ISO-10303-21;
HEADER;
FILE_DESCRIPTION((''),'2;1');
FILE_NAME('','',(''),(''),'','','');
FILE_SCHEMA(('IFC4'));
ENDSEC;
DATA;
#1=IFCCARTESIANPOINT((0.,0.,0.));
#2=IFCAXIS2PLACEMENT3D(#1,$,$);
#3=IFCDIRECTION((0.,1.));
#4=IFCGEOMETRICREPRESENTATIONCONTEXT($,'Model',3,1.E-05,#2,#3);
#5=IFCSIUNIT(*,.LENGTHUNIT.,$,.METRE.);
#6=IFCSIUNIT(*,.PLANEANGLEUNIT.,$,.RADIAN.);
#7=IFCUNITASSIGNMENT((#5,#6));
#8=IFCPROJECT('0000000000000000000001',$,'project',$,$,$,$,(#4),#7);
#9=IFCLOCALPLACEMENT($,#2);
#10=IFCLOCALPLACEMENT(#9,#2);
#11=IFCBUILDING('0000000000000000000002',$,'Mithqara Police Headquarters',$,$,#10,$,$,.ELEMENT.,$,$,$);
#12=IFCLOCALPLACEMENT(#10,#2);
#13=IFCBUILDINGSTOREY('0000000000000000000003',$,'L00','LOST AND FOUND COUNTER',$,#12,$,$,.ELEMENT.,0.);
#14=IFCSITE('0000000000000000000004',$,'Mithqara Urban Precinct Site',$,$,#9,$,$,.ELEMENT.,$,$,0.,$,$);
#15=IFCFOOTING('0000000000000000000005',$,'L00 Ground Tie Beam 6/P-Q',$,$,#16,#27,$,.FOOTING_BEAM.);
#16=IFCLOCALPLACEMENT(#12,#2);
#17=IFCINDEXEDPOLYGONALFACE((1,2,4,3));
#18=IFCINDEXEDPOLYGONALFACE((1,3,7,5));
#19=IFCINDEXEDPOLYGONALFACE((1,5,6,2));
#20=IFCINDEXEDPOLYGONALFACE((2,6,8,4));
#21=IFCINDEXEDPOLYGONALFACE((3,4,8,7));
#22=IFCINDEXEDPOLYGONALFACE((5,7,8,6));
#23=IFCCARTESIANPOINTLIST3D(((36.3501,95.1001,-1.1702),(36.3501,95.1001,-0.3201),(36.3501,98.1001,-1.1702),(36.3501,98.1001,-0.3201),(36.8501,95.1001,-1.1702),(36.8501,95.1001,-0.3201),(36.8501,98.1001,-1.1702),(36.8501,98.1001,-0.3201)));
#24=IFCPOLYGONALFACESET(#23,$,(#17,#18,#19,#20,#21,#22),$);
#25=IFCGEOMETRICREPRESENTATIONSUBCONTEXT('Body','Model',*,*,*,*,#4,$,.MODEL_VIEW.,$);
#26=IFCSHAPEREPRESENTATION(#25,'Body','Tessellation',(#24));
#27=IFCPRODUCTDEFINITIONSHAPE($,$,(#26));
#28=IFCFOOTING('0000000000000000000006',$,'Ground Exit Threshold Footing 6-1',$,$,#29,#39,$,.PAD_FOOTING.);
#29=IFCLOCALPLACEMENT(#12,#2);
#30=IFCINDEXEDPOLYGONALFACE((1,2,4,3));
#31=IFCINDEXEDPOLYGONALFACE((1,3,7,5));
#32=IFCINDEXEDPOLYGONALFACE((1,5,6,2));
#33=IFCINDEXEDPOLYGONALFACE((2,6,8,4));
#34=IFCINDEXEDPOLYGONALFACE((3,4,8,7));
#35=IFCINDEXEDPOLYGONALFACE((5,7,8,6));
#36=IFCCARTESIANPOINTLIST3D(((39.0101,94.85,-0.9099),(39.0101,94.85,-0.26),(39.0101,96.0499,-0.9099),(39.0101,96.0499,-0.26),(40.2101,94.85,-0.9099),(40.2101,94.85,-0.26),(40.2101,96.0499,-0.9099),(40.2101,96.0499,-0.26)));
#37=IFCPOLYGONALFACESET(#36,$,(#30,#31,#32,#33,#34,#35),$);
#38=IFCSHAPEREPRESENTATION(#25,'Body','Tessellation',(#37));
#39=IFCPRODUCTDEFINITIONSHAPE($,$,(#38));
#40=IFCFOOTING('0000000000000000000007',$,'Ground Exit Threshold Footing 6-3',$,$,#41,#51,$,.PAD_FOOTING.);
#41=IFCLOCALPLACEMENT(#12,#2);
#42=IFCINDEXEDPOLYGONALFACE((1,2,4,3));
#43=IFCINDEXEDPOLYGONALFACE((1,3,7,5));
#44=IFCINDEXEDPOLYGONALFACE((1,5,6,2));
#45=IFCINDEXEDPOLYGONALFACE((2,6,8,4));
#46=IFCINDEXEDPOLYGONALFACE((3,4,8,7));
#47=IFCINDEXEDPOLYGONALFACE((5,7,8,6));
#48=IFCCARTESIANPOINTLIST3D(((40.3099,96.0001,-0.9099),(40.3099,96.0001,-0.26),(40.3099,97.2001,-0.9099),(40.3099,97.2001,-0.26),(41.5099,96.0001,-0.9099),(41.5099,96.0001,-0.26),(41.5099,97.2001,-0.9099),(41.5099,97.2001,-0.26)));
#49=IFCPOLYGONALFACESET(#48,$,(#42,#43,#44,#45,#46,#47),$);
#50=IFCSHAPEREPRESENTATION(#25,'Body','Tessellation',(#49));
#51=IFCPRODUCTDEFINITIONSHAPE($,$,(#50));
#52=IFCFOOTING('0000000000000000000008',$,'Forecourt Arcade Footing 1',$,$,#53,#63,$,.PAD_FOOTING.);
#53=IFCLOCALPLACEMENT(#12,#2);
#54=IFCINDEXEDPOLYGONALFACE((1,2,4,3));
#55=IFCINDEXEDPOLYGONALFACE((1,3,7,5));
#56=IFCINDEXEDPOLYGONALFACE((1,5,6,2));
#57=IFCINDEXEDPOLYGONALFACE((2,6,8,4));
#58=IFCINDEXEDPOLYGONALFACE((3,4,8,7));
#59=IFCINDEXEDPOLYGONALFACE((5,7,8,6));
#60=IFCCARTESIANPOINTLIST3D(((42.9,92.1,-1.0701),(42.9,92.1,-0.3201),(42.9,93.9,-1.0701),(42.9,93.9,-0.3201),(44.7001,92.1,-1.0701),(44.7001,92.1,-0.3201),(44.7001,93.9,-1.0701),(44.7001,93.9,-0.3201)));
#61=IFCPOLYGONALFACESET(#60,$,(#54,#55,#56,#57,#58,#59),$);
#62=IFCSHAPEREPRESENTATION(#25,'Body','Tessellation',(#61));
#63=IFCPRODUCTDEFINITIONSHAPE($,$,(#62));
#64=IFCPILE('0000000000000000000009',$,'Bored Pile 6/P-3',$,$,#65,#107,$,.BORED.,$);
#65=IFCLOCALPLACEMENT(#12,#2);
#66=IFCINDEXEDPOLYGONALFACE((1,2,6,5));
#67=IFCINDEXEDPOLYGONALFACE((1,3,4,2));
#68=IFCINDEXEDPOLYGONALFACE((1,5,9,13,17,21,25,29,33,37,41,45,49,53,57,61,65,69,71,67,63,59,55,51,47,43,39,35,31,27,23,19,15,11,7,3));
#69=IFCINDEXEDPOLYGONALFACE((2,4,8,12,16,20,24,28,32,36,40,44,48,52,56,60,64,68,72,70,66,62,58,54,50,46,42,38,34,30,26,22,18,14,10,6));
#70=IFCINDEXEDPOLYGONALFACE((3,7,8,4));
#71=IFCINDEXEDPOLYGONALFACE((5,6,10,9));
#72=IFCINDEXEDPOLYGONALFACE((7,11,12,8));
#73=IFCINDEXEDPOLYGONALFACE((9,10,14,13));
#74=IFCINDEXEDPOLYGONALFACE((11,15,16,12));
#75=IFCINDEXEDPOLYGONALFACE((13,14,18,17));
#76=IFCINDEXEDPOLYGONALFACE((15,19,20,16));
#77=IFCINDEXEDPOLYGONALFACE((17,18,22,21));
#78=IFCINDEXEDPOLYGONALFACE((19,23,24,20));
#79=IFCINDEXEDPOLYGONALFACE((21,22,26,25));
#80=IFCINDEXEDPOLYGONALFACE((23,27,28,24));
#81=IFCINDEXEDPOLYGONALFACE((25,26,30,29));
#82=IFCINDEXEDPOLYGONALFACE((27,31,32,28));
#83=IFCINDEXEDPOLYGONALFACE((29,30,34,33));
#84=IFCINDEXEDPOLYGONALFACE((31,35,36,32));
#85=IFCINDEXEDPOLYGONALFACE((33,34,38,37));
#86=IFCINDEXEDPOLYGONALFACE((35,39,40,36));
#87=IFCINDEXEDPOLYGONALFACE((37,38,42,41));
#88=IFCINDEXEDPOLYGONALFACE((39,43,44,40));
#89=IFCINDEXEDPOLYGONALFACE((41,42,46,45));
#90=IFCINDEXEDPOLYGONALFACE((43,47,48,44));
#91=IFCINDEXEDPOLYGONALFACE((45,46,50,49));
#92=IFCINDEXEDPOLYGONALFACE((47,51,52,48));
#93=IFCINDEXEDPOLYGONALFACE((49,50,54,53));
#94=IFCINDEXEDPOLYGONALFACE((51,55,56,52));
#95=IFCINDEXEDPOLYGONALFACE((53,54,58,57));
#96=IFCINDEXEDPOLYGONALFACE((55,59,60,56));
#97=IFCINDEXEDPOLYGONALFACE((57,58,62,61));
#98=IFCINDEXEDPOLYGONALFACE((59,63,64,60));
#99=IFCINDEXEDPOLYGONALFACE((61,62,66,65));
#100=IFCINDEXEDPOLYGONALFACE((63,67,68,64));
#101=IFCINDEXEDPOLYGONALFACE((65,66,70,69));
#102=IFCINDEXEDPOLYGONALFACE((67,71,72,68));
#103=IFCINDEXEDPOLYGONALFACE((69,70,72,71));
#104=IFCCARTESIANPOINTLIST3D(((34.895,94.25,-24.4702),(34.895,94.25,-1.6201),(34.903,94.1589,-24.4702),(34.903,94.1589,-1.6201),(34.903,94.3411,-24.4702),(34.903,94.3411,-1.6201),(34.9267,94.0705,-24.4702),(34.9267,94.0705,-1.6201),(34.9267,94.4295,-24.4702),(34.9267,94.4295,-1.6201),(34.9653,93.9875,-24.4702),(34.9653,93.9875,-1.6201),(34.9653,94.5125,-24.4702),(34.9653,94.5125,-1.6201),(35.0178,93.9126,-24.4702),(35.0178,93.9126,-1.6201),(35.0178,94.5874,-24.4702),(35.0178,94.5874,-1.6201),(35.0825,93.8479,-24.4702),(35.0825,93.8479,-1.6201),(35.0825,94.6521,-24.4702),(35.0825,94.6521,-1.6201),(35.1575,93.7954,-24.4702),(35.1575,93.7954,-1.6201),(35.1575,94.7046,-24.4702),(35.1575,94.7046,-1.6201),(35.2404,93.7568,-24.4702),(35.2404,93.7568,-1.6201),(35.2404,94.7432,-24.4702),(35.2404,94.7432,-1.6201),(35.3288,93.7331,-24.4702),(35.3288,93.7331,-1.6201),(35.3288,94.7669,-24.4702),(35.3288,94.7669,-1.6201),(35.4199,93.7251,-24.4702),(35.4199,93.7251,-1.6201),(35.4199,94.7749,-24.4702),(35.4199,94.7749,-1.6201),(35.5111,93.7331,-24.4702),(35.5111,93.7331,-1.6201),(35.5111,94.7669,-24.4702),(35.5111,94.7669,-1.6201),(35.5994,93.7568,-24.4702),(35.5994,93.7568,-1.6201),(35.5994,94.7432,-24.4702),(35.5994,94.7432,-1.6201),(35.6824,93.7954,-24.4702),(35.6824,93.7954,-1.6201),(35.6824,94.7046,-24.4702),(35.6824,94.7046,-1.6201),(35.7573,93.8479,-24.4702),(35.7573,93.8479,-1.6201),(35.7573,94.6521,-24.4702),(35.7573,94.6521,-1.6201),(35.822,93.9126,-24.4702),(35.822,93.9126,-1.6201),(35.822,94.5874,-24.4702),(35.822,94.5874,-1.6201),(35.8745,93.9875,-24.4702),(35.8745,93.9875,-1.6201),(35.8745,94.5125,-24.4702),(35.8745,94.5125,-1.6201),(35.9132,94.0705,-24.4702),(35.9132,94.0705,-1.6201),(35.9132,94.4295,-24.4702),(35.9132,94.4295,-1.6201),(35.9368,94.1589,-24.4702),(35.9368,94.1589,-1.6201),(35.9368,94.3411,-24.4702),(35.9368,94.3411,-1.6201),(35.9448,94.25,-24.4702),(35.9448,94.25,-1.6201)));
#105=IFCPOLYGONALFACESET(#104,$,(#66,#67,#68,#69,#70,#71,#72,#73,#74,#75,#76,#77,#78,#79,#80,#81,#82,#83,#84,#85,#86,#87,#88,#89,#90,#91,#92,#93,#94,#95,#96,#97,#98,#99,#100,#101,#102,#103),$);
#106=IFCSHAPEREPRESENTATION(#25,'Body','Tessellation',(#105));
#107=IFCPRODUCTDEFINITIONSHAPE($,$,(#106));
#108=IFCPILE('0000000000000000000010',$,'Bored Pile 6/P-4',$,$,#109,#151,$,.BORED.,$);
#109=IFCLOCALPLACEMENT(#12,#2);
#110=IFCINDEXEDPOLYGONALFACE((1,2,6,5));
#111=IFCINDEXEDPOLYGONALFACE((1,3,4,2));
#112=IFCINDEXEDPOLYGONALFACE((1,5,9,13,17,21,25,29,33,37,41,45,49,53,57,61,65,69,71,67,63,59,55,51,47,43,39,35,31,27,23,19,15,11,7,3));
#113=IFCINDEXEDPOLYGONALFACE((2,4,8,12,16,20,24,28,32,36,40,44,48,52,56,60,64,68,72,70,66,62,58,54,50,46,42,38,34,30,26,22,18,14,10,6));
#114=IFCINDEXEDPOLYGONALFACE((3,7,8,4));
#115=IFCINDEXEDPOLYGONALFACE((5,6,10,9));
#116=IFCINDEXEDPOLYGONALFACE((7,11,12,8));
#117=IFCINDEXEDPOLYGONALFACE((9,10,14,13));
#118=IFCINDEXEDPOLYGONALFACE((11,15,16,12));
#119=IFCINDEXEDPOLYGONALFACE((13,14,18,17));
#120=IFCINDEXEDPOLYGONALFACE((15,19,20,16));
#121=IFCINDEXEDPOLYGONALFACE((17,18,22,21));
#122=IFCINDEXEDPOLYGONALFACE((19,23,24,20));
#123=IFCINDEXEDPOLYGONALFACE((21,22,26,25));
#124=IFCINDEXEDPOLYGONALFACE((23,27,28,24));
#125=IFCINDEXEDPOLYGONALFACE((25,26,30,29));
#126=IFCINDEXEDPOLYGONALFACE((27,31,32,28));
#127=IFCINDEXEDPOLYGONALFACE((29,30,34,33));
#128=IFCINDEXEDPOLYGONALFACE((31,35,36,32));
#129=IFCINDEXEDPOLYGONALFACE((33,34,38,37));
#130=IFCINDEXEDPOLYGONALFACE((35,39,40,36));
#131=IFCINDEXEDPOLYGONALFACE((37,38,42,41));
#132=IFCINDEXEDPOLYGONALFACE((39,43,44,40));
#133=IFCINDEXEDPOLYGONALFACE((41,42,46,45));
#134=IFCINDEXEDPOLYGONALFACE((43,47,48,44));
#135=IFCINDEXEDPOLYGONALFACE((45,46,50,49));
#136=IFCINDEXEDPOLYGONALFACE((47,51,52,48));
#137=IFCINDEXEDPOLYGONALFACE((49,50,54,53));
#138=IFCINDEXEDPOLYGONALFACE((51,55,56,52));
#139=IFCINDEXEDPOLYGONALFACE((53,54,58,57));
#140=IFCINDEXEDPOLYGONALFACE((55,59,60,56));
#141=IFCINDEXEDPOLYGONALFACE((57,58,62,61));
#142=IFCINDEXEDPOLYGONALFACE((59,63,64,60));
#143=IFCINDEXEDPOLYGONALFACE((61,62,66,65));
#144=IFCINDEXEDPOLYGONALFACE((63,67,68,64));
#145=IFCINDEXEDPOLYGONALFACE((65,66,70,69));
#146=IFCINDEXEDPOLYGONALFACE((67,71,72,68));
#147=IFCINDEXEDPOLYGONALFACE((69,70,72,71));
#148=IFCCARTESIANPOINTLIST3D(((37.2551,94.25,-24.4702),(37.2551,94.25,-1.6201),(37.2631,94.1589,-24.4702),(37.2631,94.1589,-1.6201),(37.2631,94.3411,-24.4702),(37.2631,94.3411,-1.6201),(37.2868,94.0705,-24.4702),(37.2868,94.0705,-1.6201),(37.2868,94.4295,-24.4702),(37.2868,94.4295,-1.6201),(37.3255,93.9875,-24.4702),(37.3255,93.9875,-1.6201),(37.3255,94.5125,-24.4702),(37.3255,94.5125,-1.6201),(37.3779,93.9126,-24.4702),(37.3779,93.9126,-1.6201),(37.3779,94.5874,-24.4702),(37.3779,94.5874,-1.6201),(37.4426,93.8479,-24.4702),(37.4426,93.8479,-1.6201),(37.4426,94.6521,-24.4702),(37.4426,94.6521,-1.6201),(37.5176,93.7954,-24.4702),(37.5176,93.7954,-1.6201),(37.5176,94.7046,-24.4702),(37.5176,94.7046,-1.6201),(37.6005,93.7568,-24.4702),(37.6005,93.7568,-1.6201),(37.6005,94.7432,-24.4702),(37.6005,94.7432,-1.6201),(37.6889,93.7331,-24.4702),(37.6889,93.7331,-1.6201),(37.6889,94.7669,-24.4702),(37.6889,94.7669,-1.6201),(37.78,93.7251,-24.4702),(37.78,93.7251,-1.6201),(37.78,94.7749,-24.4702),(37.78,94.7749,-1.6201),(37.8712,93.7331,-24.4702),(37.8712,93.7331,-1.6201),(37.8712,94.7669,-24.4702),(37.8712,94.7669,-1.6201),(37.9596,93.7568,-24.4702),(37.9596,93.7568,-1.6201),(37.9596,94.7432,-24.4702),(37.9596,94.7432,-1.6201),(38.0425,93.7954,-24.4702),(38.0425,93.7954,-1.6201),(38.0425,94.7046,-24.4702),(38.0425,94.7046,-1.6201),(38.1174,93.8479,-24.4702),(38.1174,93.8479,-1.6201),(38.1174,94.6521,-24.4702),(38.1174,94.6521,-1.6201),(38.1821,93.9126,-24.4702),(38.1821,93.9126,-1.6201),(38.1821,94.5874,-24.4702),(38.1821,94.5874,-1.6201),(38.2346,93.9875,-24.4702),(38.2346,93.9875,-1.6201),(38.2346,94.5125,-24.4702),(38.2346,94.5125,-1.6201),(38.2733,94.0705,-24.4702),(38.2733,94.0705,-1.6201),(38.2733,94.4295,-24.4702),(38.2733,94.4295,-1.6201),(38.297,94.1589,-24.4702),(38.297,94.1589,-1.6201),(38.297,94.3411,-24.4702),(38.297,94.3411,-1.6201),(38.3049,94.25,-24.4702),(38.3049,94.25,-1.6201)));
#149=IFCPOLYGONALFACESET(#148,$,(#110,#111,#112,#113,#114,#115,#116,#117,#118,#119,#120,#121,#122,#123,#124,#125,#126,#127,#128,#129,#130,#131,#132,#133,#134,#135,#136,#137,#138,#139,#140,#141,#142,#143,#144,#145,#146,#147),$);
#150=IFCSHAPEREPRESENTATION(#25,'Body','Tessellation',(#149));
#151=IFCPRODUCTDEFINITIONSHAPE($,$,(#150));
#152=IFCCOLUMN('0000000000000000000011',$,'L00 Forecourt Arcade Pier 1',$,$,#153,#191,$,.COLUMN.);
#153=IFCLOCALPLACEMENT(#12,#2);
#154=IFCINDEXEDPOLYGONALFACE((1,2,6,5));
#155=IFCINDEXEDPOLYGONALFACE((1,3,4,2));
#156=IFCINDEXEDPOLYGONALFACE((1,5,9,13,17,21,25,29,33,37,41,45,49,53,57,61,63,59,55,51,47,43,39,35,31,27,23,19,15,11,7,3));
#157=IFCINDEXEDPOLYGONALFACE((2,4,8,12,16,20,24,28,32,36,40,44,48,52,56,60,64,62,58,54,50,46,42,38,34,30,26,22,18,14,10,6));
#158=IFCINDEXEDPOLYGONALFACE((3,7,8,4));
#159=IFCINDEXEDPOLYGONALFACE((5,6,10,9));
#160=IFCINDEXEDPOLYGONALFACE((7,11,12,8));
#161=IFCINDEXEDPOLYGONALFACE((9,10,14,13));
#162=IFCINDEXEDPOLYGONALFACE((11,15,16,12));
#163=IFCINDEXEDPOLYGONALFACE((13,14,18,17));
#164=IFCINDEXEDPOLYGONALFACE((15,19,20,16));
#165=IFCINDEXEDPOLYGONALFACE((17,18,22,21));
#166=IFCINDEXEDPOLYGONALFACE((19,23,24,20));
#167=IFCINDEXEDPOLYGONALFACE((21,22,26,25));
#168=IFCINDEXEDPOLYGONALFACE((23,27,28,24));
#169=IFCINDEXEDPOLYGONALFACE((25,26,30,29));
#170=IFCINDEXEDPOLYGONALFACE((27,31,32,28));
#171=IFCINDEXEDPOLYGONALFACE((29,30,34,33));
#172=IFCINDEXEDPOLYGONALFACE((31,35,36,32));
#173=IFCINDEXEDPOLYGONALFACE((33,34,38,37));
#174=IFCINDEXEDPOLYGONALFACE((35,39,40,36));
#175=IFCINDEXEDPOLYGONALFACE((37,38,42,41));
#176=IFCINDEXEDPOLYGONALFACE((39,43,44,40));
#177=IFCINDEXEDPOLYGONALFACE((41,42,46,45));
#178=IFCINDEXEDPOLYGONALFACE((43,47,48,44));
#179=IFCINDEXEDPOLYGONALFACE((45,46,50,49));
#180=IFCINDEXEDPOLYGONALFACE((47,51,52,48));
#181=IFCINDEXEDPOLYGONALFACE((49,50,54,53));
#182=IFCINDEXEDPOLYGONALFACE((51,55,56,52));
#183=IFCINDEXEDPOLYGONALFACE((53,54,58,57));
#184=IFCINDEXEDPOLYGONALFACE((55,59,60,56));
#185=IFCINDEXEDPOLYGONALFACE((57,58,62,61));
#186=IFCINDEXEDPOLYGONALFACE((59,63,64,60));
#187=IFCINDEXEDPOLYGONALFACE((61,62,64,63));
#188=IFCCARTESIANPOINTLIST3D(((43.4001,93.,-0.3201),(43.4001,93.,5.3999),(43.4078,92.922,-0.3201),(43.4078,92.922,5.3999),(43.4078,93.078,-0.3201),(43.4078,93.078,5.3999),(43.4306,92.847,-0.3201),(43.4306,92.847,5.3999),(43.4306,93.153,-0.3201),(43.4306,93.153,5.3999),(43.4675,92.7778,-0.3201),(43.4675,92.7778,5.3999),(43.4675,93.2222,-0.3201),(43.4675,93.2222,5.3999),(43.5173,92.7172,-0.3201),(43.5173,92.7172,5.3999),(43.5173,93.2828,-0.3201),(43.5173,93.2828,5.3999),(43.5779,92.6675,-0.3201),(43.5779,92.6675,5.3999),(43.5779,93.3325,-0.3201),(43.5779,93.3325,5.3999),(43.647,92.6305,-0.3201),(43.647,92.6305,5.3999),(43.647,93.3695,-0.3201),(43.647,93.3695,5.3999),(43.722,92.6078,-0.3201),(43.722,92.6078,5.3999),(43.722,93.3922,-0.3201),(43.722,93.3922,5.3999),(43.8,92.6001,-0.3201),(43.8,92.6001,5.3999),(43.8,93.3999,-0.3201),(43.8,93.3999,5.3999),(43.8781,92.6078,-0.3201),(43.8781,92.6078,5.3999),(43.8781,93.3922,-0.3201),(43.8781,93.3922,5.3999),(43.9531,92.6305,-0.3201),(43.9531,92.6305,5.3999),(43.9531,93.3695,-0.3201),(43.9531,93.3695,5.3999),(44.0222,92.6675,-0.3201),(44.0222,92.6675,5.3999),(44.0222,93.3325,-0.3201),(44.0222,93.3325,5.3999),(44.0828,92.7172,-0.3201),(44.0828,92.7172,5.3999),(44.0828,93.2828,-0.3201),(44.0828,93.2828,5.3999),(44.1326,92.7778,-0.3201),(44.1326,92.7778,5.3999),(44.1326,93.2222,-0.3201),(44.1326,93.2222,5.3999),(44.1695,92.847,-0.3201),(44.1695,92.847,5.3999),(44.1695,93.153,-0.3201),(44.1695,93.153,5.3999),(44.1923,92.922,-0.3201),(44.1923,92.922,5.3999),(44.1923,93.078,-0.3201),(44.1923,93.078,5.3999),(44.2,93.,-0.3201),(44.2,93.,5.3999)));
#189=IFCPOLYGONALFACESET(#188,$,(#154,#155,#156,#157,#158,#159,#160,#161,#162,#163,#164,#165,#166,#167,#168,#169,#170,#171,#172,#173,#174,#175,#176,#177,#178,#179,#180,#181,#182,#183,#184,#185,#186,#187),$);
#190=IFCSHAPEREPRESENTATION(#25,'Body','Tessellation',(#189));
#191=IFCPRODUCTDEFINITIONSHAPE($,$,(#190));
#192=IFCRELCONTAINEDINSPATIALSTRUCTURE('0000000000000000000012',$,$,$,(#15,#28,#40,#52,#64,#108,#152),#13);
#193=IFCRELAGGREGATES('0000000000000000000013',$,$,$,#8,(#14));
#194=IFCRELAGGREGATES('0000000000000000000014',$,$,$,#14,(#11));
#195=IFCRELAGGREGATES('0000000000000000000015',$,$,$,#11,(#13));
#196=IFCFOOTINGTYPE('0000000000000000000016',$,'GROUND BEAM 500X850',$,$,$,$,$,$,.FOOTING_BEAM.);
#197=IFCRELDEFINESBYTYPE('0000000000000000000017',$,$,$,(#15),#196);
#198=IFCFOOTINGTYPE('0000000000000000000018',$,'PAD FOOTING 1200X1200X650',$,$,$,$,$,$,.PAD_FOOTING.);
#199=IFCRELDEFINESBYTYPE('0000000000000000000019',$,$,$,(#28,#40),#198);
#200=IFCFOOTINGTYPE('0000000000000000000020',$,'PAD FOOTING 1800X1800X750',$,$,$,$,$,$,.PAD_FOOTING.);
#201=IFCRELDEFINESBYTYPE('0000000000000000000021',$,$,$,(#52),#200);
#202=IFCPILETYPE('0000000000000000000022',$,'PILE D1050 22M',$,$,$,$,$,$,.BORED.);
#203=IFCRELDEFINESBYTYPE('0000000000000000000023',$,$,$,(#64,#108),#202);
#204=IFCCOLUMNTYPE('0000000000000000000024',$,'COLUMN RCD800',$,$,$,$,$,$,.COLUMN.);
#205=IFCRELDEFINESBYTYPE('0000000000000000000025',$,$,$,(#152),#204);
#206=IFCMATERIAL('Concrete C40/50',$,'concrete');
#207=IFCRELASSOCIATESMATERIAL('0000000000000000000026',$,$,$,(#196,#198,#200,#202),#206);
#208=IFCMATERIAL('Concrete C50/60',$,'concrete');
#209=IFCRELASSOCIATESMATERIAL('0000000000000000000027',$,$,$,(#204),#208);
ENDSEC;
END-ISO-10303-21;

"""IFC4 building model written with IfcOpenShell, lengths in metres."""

from ifc_helpers import new_model, si_unit, direction, frame, origin, origin_2d, place, context, subcontext, project, spatial, rectangle, circle, extrude, material, material_profile, profile_set, type_object, element, save


model = new_model("IFC4")

# Units and contexts
model_context = context("Model", 3, precision=1e-05, world=origin(), true_north=direction((0.0, 1.0)))
body_context = subcontext(model_context, "Body", "Model", "MODEL_VIEW")
ifc_project = project(units=[si_unit("LENGTHUNIT", "METRE"), si_unit("PLANEANGLEUNIT", "RADIAN")], contexts=[model_context])

# Site, building, storey
site_placement = place(None, origin())
site = spatial("IfcSite", under=ifc_project, at=site_placement, Name="Mithqara Urban Precinct Site", CompositionType="ELEMENT", RefElevation=0.0)
building_placement = place(site_placement, origin())
building = spatial("IfcBuilding", under=site, at=building_placement, Name="Mithqara Police Headquarters", CompositionType="ELEMENT")
storey_placement = place(building_placement, origin())
storey = spatial("IfcBuildingStorey", under=building, at=storey_placement, Name="L00", Description="LOST AND FOUND COUNTER", CompositionType="ELEMENT", Elevation=0.0)

# Footings
ifc_material_1 = material(Name="Concrete C40/50", Category="concrete")
footing_type_1 = type_object("IfcFootingType", Name="GROUND BEAM 500X850", PredefinedType="FOOTING_BEAM", material=ifc_material_1)
footing_1_placement = place(storey_placement, frame((36.6001, 96.6001, -1.1702), z_axis=(0.0, 0.0, 1.0), x_axis=(1.0, 0.0, 0.0)))
element("IfcFooting", 1, at=footing_1_placement, inside=storey, type_object=footing_type_1, Name="L00 Ground Tie Beam 6/P-Q", PredefinedType="FOOTING_BEAM", context=body_context, shape_type="SweptSolid", body=[
    extrude(rectangle(XDim=0.5, YDim=3.0, at=origin_2d()), origin(), (0.0, 0.0, 1.0), 0.8501),
])
footing_type_2 = type_object("IfcFootingType", Name="PAD FOOTING 1200X1200X650", PredefinedType="PAD_FOOTING", material=ifc_material_1)
for number, where, z_axis, x_axis, name in (
    (2, (39.6101, 95.45, -0.9099), (0.0, 0.0, 1.0), (1.0, 0.0, 0.0), "Ground Exit Threshold Footing 6-1"),
    (3, (40.9099, 96.6001, -0.9099), (0.0, 0.0, 1.0), (1.0, 0.0, 0.0), "Ground Exit Threshold Footing 6-3"),
):
    element("IfcFooting", number, at=place(storey_placement, frame(where, z_axis=z_axis, x_axis=x_axis)), inside=storey, type_object=footing_type_2, Name=name, PredefinedType="PAD_FOOTING", context=body_context, shape_type="SweptSolid", body=[
        extrude(rectangle(XDim=1.2, YDim=1.2, at=origin_2d()), origin(), (0.0, 0.0, 1.0), 0.6499),
    ])
footing_type_3 = type_object("IfcFootingType", Name="PAD FOOTING 1800X1800X750", PredefinedType="PAD_FOOTING", material=ifc_material_1)
footing_2_placement = place(storey_placement, frame((43.8, 93.0, -1.0701), z_axis=(0.0, 0.0, 1.0), x_axis=(1.0, 0.0, 0.0)))
element("IfcFooting", 4, at=footing_2_placement, inside=storey, type_object=footing_type_3, Name="Forecourt Arcade Footing 1", PredefinedType="PAD_FOOTING", context=body_context, shape_type="SweptSolid", body=[
    extrude(rectangle(XDim=1.8, YDim=1.8, at=origin_2d()), origin(), (0.0, 0.0, 1.0), 0.75),
])

# Piles
ifc_material_profile_1 = material_profile(ifc_material_1, circle(Radius=0.5249, at=origin_2d()), Name="PILE D1050")
ifc_profile_set_1 = profile_set([ifc_material_profile_1], Name="Concrete C40/50")
pile_type = type_object("IfcPileType", Name="PILE D1050 22M", PredefinedType="BORED", material=ifc_profile_set_1)
for number, where, z_axis, x_axis, name in (
    (5, (35.4199, 94.25, -1.6201), (0.0, 0.0, -1.0), (1.0, 0.0, 0.0), "Bored Pile 6/P-3"),
    (6, (37.78, 94.25, -1.6201), (0.0, 0.0, -1.0), (1.0, 0.0, 0.0), "Bored Pile 6/P-4"),
):
    element("IfcPile", number, at=place(storey_placement, frame(where, z_axis=z_axis, x_axis=x_axis)), inside=storey, type_object=pile_type, Name=name, PredefinedType="BORED", context=body_context, shape_type="SweptSolid", body=[
        extrude(circle(Radius=0.5249, at=origin_2d()), origin(), (0.0, 0.0, 1.0), 22.8501),
    ])

# Column
ifc_material_2 = material(Name="Concrete C50/60", Category="concrete")
ifc_material_profile_2 = material_profile(ifc_material_2, circle(Radius=0.3999, at=origin_2d()), Name="RCD 800")
ifc_profile_set_2 = profile_set([ifc_material_profile_2], Name="Concrete C50/60")
column_type = type_object("IfcColumnType", Name="COLUMN RCD800", PredefinedType="COLUMN", material=ifc_profile_set_2)
column_placement = place(storey_placement, frame((43.8, 93.0, -0.3201), z_axis=(0.0, 0.0, 1.0), x_axis=(1.0, 0.0, 0.0)))
element("IfcColumn", 7, at=column_placement, inside=storey, type_object=column_type, Name="L00 Forecourt Arcade Pier 1", PredefinedType="COLUMN", context=body_context, shape_type="SweptSolid", body=[
    extrude(circle(Radius=0.3999, at=origin_2d()), origin(), (0.0, 0.0, 1.0), 5.72),
])

save(model, "model.ifc")
